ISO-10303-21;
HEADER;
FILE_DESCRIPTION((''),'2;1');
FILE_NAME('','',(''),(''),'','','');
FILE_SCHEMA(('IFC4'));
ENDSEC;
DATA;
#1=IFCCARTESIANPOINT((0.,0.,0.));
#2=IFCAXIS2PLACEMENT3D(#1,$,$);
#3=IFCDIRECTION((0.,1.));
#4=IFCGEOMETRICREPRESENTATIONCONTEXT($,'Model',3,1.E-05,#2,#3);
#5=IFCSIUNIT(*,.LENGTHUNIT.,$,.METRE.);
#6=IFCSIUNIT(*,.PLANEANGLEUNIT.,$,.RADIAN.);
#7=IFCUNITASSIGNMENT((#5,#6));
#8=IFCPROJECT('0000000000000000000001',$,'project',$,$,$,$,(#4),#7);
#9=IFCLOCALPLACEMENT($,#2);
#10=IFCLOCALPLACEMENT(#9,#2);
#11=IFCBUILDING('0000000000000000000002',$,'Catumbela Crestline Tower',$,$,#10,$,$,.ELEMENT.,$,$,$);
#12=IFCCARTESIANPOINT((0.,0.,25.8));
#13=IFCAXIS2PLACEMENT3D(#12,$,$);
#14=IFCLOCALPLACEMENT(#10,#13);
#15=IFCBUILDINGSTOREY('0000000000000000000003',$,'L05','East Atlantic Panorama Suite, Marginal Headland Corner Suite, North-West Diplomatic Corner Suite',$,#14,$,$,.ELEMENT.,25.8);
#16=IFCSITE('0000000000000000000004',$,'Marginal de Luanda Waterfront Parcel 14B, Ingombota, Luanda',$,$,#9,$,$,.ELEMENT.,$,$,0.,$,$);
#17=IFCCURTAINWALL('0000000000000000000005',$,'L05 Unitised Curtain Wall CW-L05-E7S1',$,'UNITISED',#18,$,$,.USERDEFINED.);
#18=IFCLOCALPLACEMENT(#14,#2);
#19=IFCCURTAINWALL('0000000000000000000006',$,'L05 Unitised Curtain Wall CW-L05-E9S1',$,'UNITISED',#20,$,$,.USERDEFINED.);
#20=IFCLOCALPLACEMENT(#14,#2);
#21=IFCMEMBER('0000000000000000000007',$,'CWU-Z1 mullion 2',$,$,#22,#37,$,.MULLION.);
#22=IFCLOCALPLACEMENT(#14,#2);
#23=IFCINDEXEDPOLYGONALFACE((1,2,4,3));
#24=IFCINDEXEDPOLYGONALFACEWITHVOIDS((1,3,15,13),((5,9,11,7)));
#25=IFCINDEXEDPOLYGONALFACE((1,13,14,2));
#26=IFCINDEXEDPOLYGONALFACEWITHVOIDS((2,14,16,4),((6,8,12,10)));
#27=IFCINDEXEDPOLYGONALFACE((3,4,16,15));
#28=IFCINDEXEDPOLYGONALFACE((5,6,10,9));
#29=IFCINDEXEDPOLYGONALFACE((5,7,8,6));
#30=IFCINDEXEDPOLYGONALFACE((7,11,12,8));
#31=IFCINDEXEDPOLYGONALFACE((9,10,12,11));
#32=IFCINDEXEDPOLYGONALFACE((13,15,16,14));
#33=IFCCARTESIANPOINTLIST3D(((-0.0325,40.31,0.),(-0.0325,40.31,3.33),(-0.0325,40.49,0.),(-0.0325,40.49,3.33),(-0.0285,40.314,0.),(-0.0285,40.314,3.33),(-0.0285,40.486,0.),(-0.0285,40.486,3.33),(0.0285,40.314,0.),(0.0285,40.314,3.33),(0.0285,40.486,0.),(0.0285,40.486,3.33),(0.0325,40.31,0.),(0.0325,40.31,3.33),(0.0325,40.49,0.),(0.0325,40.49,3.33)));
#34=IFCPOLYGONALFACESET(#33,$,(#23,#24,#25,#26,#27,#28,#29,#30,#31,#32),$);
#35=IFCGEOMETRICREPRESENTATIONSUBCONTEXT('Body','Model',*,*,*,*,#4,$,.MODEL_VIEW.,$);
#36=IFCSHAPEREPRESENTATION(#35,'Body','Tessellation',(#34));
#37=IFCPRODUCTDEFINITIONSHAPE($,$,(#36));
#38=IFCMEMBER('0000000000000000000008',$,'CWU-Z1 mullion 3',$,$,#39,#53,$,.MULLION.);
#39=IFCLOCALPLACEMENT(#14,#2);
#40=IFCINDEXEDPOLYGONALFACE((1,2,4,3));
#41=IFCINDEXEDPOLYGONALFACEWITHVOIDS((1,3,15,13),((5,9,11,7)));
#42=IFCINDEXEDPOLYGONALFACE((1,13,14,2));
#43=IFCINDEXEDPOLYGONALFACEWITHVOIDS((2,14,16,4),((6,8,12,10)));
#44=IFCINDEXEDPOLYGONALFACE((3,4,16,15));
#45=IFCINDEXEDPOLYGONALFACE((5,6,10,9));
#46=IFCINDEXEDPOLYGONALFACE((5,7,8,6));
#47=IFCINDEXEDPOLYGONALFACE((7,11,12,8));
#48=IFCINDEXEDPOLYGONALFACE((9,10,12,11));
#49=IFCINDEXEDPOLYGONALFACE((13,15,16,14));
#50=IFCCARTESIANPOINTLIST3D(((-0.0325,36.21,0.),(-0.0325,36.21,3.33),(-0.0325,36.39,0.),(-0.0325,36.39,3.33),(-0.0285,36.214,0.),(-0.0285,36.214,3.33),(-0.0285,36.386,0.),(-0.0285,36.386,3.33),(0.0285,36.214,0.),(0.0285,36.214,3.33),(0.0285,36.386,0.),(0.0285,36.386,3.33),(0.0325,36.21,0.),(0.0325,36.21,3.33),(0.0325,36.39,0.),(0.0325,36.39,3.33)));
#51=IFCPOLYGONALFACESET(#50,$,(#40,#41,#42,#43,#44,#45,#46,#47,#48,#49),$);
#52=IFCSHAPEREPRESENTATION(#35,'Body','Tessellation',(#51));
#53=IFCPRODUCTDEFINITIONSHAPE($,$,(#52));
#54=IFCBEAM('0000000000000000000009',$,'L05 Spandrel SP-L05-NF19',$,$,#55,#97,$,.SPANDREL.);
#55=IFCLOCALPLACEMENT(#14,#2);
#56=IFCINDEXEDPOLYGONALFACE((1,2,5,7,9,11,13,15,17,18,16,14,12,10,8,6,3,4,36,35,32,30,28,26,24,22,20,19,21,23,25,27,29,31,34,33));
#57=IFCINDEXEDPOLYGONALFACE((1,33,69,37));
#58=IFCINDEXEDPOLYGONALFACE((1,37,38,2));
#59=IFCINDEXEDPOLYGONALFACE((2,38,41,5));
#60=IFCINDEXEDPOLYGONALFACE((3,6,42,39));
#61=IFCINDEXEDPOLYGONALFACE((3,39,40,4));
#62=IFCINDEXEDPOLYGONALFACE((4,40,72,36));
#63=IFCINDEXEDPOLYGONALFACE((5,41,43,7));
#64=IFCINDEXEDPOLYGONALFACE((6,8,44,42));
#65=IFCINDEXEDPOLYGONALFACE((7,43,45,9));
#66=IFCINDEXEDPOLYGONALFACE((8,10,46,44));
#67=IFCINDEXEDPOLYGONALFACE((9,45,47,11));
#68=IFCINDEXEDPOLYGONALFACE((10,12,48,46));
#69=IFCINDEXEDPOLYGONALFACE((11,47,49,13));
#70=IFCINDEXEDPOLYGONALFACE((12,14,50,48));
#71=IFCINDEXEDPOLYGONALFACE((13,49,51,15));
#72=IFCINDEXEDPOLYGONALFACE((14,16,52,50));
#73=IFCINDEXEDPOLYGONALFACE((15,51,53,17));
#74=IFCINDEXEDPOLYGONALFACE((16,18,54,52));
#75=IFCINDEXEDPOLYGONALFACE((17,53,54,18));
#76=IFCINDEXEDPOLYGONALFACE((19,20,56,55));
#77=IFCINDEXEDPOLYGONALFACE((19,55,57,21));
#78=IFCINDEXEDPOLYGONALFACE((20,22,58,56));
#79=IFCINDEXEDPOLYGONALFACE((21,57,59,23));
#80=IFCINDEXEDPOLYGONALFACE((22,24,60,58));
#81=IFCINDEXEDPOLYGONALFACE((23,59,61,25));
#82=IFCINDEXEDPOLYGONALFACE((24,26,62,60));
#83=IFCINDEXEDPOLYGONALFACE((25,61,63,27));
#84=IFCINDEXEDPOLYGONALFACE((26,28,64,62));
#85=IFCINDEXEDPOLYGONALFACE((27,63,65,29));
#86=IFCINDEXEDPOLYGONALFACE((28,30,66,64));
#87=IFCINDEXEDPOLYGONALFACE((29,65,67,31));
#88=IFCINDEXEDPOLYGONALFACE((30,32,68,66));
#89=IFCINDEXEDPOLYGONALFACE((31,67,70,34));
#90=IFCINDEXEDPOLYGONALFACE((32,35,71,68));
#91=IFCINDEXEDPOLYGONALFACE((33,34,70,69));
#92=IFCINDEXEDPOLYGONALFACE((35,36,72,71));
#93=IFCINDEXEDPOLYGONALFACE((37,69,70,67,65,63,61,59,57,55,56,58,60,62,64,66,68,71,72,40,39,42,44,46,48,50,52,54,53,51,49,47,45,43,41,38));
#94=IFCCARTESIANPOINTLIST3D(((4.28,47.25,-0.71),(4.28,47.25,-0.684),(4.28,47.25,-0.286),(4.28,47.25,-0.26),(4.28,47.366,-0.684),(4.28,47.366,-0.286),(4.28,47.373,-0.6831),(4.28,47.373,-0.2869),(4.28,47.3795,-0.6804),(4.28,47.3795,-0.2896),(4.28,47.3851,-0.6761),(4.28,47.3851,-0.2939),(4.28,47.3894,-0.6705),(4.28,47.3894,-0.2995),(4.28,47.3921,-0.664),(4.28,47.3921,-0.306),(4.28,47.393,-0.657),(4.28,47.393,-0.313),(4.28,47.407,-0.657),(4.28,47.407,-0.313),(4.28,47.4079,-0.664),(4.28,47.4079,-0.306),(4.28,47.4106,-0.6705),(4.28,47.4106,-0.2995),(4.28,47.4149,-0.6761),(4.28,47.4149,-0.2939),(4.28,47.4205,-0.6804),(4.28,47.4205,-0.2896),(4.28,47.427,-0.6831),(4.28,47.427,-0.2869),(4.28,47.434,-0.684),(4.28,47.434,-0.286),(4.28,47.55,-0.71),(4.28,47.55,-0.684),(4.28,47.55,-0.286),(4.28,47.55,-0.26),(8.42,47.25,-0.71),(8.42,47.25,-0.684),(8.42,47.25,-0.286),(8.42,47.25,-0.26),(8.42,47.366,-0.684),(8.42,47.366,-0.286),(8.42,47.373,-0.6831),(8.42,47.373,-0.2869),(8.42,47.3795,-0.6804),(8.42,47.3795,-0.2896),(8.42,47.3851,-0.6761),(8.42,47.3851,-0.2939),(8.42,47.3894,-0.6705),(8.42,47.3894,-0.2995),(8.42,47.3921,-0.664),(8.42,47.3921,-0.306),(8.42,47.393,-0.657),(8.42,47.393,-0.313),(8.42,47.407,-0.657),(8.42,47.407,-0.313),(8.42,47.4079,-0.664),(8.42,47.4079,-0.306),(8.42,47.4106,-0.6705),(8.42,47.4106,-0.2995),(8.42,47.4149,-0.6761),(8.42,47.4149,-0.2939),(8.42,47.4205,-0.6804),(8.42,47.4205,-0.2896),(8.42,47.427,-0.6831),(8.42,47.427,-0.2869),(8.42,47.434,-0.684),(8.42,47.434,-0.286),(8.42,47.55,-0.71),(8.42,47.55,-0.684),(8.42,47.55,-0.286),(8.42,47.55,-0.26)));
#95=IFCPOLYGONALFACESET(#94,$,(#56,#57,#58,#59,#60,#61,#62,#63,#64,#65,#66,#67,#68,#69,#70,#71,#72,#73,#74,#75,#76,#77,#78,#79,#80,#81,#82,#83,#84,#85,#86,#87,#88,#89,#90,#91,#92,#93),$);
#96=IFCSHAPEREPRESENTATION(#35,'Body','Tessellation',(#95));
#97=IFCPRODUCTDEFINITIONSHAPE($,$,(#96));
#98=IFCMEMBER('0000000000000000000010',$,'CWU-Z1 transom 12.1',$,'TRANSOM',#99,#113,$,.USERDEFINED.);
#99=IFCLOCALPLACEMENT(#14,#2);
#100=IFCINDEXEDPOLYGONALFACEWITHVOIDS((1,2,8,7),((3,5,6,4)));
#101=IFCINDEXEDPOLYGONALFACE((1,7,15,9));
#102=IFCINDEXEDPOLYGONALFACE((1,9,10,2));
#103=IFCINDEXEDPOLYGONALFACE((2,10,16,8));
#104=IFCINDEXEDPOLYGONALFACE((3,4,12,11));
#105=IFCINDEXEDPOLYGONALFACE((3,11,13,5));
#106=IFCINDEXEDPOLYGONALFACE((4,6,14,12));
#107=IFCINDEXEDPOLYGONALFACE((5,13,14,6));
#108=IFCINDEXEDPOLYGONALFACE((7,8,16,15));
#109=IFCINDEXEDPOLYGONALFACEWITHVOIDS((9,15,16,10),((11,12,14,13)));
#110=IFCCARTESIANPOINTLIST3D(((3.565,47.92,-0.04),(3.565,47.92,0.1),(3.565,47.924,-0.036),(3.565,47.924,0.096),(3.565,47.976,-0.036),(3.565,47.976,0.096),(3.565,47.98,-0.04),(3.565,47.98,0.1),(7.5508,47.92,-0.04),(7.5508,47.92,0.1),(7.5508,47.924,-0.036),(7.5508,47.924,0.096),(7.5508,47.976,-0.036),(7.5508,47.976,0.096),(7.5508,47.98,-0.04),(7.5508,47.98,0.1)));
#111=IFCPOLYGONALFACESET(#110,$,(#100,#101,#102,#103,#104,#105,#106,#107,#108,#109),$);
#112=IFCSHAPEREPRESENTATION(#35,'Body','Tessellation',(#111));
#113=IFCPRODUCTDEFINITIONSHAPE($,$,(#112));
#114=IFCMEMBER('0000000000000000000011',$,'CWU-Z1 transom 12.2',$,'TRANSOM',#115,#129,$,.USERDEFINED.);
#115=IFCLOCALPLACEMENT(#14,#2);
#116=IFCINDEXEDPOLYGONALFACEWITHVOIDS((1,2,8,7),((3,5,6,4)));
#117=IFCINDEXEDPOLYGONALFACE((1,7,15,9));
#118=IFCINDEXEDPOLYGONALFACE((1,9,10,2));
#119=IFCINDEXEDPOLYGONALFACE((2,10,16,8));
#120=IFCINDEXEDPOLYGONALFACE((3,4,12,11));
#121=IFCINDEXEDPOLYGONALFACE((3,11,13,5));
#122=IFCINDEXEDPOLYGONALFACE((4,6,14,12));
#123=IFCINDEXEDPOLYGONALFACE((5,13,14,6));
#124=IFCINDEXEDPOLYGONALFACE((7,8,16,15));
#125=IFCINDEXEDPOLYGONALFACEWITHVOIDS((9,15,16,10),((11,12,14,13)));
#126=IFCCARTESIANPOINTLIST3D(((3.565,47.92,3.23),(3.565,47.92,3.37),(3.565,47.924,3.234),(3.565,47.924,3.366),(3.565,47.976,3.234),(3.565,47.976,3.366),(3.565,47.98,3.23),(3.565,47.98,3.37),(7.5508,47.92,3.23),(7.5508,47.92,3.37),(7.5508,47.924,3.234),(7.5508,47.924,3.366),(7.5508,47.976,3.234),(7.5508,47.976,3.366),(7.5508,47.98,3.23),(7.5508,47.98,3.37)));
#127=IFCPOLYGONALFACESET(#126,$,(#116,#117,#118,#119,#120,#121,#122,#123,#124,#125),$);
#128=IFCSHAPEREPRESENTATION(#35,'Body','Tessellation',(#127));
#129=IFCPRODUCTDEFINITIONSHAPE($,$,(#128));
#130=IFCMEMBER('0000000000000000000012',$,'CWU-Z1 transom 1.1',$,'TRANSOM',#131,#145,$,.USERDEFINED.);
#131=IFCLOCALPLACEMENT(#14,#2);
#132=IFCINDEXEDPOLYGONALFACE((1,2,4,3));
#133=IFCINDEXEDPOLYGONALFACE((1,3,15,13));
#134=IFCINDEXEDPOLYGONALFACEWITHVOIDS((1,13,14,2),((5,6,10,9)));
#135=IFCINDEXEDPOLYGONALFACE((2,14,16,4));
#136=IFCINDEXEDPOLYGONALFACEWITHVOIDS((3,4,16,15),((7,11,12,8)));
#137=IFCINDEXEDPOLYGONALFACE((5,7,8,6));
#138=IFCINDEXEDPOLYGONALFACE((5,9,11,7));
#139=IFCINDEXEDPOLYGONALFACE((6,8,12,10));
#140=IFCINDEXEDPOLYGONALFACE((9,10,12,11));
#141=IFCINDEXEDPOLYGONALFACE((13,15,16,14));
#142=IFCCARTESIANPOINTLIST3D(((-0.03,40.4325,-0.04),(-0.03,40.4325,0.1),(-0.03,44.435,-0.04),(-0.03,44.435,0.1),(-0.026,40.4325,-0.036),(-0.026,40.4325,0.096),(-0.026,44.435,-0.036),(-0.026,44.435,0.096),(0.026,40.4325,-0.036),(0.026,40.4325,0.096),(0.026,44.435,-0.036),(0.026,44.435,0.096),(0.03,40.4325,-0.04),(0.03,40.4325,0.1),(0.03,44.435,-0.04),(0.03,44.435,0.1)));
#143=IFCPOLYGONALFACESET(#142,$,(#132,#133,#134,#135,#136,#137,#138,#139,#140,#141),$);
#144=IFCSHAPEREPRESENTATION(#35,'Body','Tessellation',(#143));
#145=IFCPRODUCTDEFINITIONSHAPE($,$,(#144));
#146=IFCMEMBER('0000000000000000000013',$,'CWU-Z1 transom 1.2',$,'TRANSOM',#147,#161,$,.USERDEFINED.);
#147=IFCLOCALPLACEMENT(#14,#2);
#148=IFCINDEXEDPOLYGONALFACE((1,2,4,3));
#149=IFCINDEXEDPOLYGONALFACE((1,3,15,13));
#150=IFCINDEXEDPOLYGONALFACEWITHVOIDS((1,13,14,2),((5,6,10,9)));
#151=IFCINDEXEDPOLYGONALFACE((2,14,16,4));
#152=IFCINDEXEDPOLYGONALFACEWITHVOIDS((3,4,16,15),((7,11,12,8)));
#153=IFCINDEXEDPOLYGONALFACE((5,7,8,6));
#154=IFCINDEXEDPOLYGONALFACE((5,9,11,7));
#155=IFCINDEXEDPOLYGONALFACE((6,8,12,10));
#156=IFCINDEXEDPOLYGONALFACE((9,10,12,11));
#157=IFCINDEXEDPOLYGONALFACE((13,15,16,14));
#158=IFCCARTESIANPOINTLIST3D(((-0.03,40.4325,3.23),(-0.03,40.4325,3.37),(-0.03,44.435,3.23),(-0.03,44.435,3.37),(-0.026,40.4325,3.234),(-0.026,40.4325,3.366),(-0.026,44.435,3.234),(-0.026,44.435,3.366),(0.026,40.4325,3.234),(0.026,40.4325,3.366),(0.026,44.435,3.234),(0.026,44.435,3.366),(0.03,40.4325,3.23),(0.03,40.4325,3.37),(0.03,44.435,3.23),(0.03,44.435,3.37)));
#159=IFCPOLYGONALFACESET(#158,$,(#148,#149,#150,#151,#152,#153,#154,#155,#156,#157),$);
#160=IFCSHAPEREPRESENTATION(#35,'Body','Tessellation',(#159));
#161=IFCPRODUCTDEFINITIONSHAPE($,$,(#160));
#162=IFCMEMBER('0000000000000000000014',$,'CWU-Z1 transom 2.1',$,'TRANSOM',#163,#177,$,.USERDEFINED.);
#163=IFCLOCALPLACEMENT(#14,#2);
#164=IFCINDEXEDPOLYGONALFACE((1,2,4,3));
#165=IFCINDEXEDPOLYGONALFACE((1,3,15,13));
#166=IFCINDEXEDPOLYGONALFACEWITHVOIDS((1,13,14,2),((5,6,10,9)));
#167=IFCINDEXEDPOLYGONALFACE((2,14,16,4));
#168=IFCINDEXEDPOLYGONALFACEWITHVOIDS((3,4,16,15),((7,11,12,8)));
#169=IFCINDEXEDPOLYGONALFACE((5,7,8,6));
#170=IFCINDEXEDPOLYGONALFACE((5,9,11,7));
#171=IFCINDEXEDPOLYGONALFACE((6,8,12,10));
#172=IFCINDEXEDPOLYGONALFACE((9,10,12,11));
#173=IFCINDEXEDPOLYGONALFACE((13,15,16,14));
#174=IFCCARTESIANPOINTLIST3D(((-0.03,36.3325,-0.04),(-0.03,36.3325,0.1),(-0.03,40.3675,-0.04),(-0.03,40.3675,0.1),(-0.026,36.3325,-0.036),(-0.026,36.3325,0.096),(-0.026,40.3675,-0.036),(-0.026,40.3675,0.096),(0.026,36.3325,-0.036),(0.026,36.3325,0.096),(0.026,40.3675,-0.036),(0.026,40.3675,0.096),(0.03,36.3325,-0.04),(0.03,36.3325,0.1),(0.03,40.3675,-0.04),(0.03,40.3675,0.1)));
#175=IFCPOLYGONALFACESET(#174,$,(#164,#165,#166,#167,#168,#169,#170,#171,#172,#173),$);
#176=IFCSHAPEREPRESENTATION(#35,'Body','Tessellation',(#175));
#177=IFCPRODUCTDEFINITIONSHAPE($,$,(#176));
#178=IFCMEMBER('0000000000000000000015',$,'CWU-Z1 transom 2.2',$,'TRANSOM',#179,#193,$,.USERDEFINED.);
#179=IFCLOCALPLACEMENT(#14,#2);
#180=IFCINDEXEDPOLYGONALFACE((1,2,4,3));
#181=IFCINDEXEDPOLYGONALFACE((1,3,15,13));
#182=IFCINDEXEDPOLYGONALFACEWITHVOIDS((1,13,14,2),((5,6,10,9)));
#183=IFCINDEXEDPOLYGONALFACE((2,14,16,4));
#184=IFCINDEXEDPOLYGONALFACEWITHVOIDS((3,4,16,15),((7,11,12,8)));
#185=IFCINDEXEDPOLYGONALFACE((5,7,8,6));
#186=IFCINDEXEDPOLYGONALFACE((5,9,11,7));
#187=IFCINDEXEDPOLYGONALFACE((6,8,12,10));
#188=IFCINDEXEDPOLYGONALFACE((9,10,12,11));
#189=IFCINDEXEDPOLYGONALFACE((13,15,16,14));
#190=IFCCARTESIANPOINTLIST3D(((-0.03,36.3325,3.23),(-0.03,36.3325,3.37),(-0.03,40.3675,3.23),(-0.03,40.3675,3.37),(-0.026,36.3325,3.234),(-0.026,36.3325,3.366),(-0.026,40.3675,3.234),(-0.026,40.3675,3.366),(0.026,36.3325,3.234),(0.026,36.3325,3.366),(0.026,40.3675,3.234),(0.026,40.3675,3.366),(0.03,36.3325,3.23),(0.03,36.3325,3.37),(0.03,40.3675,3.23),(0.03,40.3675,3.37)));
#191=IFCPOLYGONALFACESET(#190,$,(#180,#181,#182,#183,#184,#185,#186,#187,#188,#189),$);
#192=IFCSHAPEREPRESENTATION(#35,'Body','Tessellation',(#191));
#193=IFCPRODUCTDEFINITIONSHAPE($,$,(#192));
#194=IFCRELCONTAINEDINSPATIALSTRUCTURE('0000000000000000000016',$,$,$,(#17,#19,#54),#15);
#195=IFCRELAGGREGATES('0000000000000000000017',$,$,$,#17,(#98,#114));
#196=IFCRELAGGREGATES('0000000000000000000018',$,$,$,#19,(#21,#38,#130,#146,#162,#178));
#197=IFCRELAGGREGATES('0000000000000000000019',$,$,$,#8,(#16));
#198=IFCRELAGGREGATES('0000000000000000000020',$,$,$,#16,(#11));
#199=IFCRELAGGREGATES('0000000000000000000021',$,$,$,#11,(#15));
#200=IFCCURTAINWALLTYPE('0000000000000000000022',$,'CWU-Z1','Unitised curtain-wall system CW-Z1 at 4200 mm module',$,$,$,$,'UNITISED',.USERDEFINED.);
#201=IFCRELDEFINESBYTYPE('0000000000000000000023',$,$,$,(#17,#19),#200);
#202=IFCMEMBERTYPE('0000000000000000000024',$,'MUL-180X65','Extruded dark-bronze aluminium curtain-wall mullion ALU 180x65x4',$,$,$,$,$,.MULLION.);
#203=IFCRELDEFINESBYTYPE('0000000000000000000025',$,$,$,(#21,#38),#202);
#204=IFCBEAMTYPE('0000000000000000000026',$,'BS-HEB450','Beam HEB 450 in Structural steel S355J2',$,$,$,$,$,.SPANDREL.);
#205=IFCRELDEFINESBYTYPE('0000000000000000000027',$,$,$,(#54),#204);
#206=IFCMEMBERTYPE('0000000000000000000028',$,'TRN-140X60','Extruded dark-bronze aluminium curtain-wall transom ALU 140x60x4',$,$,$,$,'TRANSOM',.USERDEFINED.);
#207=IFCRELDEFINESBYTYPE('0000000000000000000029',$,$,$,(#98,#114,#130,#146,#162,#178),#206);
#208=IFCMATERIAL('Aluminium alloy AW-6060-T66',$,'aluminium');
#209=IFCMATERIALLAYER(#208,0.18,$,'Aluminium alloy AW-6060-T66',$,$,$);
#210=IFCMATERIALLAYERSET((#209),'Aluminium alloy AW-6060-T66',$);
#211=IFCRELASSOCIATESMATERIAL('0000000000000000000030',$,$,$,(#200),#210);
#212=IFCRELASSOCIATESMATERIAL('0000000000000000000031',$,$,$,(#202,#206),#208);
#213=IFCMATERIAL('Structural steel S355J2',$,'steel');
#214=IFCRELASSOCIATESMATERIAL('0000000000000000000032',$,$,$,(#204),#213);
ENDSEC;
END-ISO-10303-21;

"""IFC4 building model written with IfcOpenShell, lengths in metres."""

from ifc_helpers import new_model, si_unit, direction, frame, origin, origin_2d, place, context, subcontext, project, spatial, hollow_rectangle, i_section, extrude, material, layer, layer_set, material_profile, profile_set, type_object, element, aggregate, save


model = new_model("IFC4")

# Units and contexts
model_context = context("Model", 3, precision=1e-05, world=origin(), true_north=direction((0.0, 1.0)))
body_context = subcontext(model_context, "Body", "Model", "MODEL_VIEW")
ifc_project = project(units=[si_unit("LENGTHUNIT", "METRE"), si_unit("PLANEANGLEUNIT", "RADIAN")], contexts=[model_context])

# Site, building, storey
site_placement = place(None, origin())
site = spatial("IfcSite", under=ifc_project, at=site_placement, Name="Marginal de Luanda Waterfront Parcel 14B, Ingombota, Luanda", CompositionType="ELEMENT", RefElevation=0.0)
building_placement = place(site_placement, origin())
building = spatial("IfcBuilding", under=site, at=building_placement, Name="Catumbela Crestline Tower", CompositionType="ELEMENT")
storey_placement = place(building_placement, frame((0.0, 0.0, 25.8)))
storey = spatial("IfcBuildingStorey", under=building, at=storey_placement, Name="L05", Description="East Atlantic Panorama Suite, Marginal Headland Corner Suite, North-West Diplomatic Corner Suite", CompositionType="ELEMENT", Elevation=25.8)

# Shared definitions
ifc_material_1 = material(Name="Structural steel S355J2", Category="steel")

# Curtain walls, members
ifc_material_2 = material(Name="Aluminium alloy AW-6060-T66", Category="aluminium")
ifc_layer_1 = layer(ifc_material_2, 0.18, Name="Aluminium alloy AW-6060-T66")
ifc_layer_set_1 = layer_set([ifc_layer_1], Name="Aluminium alloy AW-6060-T66")
curtain_wall_type = type_object("IfcCurtainWallType", Name="CWU-Z1", Description="Unitised curtain-wall system CW-Z1 at 4200 mm module", ElementType="UNITISED", PredefinedType="USERDEFINED", material=ifc_layer_set_1)
curtain_wall_1_placement = place(storey_placement, origin())
curtain_wall_1 = element("IfcCurtainWall", 1, at=curtain_wall_1_placement, inside=storey, type_object=curtain_wall_type, Name="L05 Unitised Curtain Wall CW-L05-E7S1", ObjectType="UNITISED", PredefinedType="USERDEFINED")
ifc_material_profile_1 = material_profile(ifc_material_2, hollow_rectangle(XDim=0.065, YDim=0.18, WallThickness=0.004, at=origin_2d()), Name="ALU 180x65x4")
ifc_profile_set_1 = profile_set([ifc_material_profile_1], Name="Aluminium alloy AW-6060-T66")
member_type_1 = type_object("IfcMemberType", Name="MUL-180X65", Description="Extruded dark-bronze aluminium curtain-wall mullion ALU 180x65x4", PredefinedType="MULLION", material=ifc_profile_set_1)
curtain_wall_2_placement = place(storey_placement, origin())
curtain_wall_2 = element("IfcCurtainWall", 2, at=curtain_wall_2_placement, inside=storey, type_object=curtain_wall_type, Name="L05 Unitised Curtain Wall CW-L05-E9S1", ObjectType="UNITISED", PredefinedType="USERDEFINED")
member_1_placement = place(storey_placement, frame((0.0, 40.4, 0.0), z_axis=(0.0, 0.0, 1.0), x_axis=(1.0, 0.0, 0.0)))
member_1 = element("IfcMember", 3, at=member_1_placement, type_object=member_type_1, Name="CWU-Z1 mullion 2", PredefinedType="MULLION", context=body_context, shape_type="SweptSolid", body=[
    extrude(hollow_rectangle(XDim=0.065, YDim=0.18, WallThickness=0.004, at=origin_2d()), origin(), (0.0, 0.0, 1.0), 3.33),
])
member_2_placement = place(storey_placement, frame((0.0, 36.3, 0.0), z_axis=(0.0, 0.0, 1.0), x_axis=(1.0, 0.0, 0.0)))
member_2 = element("IfcMember", 4, at=member_2_placement, type_object=member_type_1, Name="CWU-Z1 mullion 3", PredefinedType="MULLION", context=body_context, shape_type="SweptSolid", body=[
    extrude(hollow_rectangle(XDim=0.065, YDim=0.18, WallThickness=0.004, at=origin_2d()), origin(), (0.0, 0.0, 1.0), 3.33),
])

# Beam
ifc_material_profile_2 = material_profile(ifc_material_1, i_section(OverallWidth=0.3, OverallDepth=0.45, WebThickness=0.014, FlangeThickness=0.026, FilletRadius=0.027, at=origin_2d()), Name="HEB 450")
ifc_profile_set_2 = profile_set([ifc_material_profile_2], Name="Structural steel S355J2")
beam_type_1 = type_object("IfcBeamType", Name="BS-HEB450", Description="Beam HEB 450 in Structural steel S355J2", PredefinedType="SPANDREL", material=ifc_profile_set_2)
beam_1_placement = place(storey_placement, frame((4.28, 47.4, -0.485), z_axis=(1.0, 0.0, 0.0), x_axis=(0.0, 1.0, 0.0)))
element("IfcBeam", 5, at=beam_1_placement, inside=storey, type_object=beam_type_1, Name="L05 Spandrel SP-L05-NF19", PredefinedType="SPANDREL", context=body_context, shape_type="SweptSolid", body=[
    extrude(i_section(OverallWidth=0.3, OverallDepth=0.45, WebThickness=0.014, FlangeThickness=0.026, FilletRadius=0.027, at=origin_2d()), origin(), (0.0, 0.0, 1.0), 4.14),
])

# Members
ifc_material_profile_3 = material_profile(ifc_material_2, hollow_rectangle(XDim=0.06, YDim=0.14, WallThickness=0.004, at=origin_2d()), Name="ALU 140x60x4")
ifc_profile_set_3 = profile_set([ifc_material_profile_3], Name="Aluminium alloy AW-6060-T66")
member_type_2 = type_object("IfcMemberType", Name="TRN-140X60", Description="Extruded dark-bronze aluminium curtain-wall transom ALU 140x60x4", ElementType="TRANSOM", PredefinedType="USERDEFINED", material=ifc_profile_set_3)
member_3_placement = place(storey_placement, frame((7.5508, 47.95, 0.03), z_axis=(-1.0, 0.0, 0.0), x_axis=(0.0, -1.0, 0.0)))
member_3 = element("IfcMember", 6, at=member_3_placement, type_object=member_type_2, Name="CWU-Z1 transom 12.1", ObjectType="TRANSOM", PredefinedType="USERDEFINED", context=body_context, shape_type="SweptSolid", body=[
    extrude(hollow_rectangle(XDim=0.06, YDim=0.14, WallThickness=0.004, at=origin_2d()), origin(), (0.0, 0.0, 1.0), 3.9858),
])
member_4_placement = place(storey_placement, frame((7.5508, 47.95, 3.3), z_axis=(-1.0, 0.0, 0.0), x_axis=(0.0, -1.0, 0.0)))
member_4 = element("IfcMember", 7, at=member_4_placement, type_object=member_type_2, Name="CWU-Z1 transom 12.2", ObjectType="TRANSOM", PredefinedType="USERDEFINED", context=body_context, shape_type="SweptSolid", body=[
    extrude(hollow_rectangle(XDim=0.06, YDim=0.14, WallThickness=0.004, at=origin_2d()), origin(), (0.0, 0.0, 1.0), 3.9858),
])
member_5_placement = place(storey_placement, frame((0.0, 44.435, 0.03), z_axis=(0.0, -1.0, 0.0), x_axis=(1.0, 0.0, 0.0)))
member_5 = element("IfcMember", 8, at=member_5_placement, type_object=member_type_2, Name="CWU-Z1 transom 1.1", ObjectType="TRANSOM", PredefinedType="USERDEFINED", context=body_context, shape_type="SweptSolid", body=[
    extrude(hollow_rectangle(XDim=0.06, YDim=0.14, WallThickness=0.004, at=origin_2d()), origin(), (0.0, 0.0, 1.0), 4.0025),
])
member_6_placement = place(storey_placement, frame((0.0, 44.435, 3.3), z_axis=(0.0, -1.0, 0.0), x_axis=(1.0, 0.0, 0.0)))
member_6 = element("IfcMember", 9, at=member_6_placement, type_object=member_type_2, Name="CWU-Z1 transom 1.2", ObjectType="TRANSOM", PredefinedType="USERDEFINED", context=body_context, shape_type="SweptSolid", body=[
    extrude(hollow_rectangle(XDim=0.06, YDim=0.14, WallThickness=0.004, at=origin_2d()), origin(), (0.0, 0.0, 1.0), 4.0025),
])
member_7_placement = place(storey_placement, frame((0.0, 40.3675, 0.03), z_axis=(0.0, -1.0, 0.0), x_axis=(1.0, 0.0, 0.0)))
member_7 = element("IfcMember", 10, at=member_7_placement, type_object=member_type_2, Name="CWU-Z1 transom 2.1", ObjectType="TRANSOM", PredefinedType="USERDEFINED", context=body_context, shape_type="SweptSolid", body=[
    extrude(hollow_rectangle(XDim=0.06, YDim=0.14, WallThickness=0.004, at=origin_2d()), origin(), (0.0, 0.0, 1.0), 4.035),
])
member_8_placement = place(storey_placement, frame((0.0, 40.3675, 3.3), z_axis=(0.0, -1.0, 0.0), x_axis=(1.0, 0.0, 0.0)))
member_8 = element("IfcMember", 11, at=member_8_placement, type_object=member_type_2, Name="CWU-Z1 transom 2.2", ObjectType="TRANSOM", PredefinedType="USERDEFINED", context=body_context, shape_type="SweptSolid", body=[
    extrude(hollow_rectangle(XDim=0.06, YDim=0.14, WallThickness=0.004, at=origin_2d()), origin(), (0.0, 0.0, 1.0), 4.035),
])

aggregate(curtain_wall_1, [member_3, member_4])
aggregate(curtain_wall_2, [member_1, member_2, member_5, member_6, member_7, member_8])

save(model, "model.ifc")
